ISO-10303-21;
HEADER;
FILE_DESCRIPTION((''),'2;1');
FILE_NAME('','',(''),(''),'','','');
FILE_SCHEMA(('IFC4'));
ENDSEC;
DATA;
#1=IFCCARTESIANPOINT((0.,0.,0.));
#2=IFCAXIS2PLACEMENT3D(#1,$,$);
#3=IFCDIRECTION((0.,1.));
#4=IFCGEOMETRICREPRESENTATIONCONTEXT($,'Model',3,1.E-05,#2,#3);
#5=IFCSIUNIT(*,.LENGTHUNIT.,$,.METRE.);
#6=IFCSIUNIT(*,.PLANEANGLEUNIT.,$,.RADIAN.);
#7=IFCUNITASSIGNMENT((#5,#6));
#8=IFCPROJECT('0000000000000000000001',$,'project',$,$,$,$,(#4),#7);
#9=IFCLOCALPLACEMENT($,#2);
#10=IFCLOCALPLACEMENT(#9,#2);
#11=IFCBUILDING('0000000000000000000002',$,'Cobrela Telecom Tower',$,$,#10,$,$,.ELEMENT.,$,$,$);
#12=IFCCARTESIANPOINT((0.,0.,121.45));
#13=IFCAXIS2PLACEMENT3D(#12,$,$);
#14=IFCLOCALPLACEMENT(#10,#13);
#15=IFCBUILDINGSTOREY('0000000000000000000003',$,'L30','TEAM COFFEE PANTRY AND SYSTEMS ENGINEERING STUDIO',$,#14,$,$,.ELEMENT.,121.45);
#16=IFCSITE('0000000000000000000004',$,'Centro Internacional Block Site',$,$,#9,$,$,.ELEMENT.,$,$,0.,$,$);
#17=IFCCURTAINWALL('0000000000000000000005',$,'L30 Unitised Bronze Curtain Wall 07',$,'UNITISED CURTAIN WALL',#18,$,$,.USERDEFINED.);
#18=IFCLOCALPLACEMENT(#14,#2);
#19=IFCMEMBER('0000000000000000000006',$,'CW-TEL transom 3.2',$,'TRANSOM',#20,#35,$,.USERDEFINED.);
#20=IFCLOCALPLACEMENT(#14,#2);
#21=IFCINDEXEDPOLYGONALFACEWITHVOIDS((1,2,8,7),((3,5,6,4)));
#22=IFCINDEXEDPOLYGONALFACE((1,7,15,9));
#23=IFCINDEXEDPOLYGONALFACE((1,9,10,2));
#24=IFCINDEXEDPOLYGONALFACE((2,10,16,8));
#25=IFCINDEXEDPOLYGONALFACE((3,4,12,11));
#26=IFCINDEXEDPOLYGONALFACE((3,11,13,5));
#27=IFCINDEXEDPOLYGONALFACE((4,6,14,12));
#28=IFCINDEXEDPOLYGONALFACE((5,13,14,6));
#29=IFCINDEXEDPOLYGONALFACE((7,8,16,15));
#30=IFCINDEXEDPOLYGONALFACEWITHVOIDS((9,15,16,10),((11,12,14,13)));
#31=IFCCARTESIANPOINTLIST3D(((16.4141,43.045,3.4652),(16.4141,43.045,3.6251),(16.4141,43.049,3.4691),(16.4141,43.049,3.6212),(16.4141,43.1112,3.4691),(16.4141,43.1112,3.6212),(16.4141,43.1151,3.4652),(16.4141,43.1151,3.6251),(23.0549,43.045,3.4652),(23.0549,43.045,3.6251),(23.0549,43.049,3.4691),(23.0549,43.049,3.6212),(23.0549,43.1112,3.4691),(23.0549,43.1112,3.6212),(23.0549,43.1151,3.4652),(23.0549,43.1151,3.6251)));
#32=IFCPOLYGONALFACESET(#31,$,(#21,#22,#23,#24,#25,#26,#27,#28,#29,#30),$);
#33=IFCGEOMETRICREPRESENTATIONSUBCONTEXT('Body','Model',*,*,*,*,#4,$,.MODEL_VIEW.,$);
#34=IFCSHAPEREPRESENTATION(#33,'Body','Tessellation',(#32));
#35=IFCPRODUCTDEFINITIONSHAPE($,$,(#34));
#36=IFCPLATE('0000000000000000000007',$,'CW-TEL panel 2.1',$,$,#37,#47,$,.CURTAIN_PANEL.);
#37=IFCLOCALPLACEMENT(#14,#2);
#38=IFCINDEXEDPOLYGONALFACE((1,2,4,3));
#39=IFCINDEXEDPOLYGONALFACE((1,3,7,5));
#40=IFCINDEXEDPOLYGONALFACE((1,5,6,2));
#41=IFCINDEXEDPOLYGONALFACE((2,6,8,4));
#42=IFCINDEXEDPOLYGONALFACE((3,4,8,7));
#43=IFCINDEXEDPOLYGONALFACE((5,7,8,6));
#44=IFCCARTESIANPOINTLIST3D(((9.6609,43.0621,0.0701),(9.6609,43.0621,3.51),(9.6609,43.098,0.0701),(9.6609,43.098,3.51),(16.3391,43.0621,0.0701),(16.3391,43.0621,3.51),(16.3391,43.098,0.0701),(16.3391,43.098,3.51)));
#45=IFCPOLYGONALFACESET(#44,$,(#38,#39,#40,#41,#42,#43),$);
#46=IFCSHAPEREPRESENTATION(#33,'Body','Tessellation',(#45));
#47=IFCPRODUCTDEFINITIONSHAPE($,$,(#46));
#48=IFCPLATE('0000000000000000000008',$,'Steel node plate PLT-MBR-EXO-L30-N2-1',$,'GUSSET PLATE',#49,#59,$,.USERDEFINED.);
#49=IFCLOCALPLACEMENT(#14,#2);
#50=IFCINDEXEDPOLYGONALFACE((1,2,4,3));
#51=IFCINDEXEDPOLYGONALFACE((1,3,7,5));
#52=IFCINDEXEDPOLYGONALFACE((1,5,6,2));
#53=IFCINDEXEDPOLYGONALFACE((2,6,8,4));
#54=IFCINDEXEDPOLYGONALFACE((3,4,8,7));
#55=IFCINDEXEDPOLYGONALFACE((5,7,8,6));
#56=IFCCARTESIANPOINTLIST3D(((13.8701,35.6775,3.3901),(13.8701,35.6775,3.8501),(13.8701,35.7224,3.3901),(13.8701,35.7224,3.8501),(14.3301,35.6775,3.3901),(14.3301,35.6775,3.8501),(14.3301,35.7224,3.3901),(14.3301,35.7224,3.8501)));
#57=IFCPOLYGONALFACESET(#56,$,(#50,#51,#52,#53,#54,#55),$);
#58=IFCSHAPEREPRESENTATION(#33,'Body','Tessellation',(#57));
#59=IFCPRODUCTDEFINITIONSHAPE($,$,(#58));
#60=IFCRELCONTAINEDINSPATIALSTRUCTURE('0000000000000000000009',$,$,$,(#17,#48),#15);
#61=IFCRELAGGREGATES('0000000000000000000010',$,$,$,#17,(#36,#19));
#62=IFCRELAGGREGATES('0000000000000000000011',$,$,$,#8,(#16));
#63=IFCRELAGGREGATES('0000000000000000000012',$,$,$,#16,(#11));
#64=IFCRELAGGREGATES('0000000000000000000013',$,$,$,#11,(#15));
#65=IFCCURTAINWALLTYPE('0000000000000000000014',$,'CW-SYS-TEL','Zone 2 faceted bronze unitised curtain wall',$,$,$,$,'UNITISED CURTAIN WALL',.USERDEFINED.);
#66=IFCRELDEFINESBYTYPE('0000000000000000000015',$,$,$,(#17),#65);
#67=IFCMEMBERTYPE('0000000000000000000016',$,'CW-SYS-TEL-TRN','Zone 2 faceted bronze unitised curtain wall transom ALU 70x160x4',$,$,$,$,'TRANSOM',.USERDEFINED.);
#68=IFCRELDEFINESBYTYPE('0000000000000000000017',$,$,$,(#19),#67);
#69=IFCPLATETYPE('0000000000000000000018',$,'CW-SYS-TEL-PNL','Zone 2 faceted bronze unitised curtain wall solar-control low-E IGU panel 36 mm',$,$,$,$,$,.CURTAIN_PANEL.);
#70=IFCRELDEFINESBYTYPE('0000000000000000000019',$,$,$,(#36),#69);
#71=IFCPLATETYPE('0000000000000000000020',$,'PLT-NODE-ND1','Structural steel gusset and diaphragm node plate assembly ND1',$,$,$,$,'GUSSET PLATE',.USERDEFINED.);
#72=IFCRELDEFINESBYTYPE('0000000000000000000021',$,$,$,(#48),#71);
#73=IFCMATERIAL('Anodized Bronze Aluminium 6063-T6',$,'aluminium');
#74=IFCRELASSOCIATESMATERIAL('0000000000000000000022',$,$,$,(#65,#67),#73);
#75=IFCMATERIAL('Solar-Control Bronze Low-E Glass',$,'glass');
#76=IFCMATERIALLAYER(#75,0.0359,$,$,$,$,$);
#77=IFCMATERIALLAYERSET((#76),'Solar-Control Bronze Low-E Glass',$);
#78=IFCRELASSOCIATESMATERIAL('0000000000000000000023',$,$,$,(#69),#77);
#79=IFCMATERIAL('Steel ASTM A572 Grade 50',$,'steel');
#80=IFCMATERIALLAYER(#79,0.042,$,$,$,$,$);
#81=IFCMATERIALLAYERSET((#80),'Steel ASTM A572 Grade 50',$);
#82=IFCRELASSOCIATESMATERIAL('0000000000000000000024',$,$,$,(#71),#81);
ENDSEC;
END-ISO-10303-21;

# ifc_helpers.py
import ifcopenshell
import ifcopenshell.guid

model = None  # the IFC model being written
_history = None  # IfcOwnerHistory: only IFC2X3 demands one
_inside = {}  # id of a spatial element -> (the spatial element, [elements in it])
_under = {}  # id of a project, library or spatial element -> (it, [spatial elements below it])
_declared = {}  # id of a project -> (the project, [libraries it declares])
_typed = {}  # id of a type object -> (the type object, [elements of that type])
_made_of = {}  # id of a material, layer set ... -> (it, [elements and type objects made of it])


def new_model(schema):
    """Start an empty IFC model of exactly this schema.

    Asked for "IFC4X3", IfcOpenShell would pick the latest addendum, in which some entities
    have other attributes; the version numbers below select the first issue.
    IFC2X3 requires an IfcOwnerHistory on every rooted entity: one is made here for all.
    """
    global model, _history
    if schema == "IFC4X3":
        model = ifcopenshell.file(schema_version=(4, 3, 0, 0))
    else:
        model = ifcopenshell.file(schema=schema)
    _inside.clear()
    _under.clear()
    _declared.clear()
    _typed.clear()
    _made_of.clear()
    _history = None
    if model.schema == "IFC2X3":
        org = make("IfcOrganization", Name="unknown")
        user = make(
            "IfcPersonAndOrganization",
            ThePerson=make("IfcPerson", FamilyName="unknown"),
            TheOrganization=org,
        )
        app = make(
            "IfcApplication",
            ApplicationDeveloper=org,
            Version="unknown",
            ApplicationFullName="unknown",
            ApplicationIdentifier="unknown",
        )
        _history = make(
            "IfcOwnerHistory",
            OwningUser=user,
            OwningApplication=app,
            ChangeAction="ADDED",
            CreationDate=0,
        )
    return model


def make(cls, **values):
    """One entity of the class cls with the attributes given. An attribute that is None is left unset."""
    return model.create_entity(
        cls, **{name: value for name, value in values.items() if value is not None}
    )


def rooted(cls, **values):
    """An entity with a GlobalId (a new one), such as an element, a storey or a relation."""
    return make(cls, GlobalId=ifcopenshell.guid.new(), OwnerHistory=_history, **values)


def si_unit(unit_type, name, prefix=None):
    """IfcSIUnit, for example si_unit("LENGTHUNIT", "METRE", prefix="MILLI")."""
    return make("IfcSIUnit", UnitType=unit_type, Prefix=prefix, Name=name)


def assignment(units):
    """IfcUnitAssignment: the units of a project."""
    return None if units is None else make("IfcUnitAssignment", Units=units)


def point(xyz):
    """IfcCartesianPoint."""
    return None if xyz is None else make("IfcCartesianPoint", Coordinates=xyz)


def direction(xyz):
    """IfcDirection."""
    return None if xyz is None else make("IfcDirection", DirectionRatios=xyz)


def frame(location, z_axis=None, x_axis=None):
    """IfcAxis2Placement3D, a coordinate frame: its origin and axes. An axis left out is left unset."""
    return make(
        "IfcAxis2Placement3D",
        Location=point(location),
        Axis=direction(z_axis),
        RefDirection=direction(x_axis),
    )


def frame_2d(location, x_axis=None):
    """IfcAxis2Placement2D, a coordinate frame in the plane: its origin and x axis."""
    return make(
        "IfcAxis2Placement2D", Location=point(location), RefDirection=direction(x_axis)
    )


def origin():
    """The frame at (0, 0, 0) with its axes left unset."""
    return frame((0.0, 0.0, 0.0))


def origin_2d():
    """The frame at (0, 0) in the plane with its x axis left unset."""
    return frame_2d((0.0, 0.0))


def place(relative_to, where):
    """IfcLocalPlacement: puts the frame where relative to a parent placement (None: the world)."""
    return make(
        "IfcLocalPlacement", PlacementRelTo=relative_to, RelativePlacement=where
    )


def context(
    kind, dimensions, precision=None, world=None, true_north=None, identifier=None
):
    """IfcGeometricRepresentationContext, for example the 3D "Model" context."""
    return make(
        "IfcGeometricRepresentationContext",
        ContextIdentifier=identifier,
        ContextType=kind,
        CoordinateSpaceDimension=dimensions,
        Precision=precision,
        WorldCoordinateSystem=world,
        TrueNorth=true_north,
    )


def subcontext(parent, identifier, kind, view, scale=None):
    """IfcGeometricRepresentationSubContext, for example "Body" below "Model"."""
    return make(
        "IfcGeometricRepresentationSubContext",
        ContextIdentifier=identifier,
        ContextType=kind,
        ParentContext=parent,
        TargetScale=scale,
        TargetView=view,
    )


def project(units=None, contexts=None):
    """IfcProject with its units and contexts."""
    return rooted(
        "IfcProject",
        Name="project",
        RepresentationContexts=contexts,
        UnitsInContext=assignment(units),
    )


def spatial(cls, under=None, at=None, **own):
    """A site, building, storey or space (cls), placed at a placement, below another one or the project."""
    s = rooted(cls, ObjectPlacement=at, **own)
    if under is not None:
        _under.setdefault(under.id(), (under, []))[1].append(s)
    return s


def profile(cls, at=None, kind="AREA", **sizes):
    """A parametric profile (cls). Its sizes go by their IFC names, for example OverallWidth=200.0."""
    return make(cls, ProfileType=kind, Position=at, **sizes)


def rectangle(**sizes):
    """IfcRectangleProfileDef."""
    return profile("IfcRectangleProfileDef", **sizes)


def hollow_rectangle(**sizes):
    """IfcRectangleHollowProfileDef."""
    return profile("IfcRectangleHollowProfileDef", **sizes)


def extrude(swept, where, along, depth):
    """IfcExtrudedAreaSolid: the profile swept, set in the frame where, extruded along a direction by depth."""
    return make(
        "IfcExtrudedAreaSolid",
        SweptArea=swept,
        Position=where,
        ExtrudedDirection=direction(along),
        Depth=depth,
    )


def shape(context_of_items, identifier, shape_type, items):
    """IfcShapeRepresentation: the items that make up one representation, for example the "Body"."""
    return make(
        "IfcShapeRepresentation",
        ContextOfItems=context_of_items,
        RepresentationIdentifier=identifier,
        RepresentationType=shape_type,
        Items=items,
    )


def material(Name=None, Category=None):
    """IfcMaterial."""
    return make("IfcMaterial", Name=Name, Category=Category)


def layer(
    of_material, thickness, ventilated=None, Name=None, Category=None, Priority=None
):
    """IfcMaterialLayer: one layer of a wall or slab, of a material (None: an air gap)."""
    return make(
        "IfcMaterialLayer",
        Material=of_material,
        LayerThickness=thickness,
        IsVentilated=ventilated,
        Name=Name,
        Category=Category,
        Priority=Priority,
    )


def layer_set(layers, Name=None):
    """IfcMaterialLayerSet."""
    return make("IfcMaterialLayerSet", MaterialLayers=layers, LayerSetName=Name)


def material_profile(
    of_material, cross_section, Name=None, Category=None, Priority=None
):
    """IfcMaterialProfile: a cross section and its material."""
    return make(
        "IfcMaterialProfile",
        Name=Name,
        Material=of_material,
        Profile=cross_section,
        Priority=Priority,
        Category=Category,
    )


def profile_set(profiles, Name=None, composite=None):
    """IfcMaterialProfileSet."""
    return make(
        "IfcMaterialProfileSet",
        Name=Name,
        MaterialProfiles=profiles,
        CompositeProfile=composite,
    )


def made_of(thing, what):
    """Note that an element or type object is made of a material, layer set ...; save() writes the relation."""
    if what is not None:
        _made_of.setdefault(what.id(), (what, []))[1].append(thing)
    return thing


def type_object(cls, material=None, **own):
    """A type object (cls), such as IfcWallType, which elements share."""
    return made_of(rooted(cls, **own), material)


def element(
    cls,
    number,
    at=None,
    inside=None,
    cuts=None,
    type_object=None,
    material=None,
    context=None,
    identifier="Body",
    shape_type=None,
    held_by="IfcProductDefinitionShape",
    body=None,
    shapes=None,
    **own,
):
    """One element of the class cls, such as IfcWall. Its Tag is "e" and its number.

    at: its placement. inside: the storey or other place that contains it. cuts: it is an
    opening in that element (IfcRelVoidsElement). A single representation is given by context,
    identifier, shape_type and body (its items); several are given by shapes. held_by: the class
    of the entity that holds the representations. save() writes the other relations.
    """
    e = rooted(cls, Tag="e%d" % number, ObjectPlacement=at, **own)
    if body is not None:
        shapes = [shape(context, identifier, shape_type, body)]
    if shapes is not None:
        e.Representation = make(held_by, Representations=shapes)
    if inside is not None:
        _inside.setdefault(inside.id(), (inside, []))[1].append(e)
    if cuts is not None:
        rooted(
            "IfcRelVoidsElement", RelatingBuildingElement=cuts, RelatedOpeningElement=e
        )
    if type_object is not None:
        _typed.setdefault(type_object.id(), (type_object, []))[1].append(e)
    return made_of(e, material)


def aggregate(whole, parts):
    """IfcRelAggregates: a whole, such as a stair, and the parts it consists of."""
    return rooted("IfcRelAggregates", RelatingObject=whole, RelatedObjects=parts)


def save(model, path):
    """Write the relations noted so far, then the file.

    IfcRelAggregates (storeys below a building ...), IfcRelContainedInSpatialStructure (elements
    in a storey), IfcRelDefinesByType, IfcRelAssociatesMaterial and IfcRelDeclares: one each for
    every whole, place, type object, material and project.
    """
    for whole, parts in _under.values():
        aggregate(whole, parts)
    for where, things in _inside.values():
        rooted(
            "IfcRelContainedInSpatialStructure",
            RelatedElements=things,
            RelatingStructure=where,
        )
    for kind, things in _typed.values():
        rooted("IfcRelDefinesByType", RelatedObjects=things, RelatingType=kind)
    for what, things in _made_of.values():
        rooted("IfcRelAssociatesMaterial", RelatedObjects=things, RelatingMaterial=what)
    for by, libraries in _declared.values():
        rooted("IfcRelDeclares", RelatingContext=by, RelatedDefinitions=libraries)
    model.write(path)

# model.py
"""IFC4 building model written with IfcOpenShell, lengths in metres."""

from ifc_helpers import new_model, si_unit, direction, frame, origin, origin_2d, place, context, subcontext, project, spatial, rectangle, hollow_rectangle, extrude, material, layer, layer_set, material_profile, profile_set, type_object, element, aggregate, save


model = new_model("IFC4")

# Units and contexts
model_context = context("Model", 3, precision=1e-05, world=origin(), true_north=direction((0.0, 1.0)))
body_context = subcontext(model_context, "Body", "Model", "MODEL_VIEW")
ifc_project = project(units=[si_unit("LENGTHUNIT", "METRE"), si_unit("PLANEANGLEUNIT", "RADIAN")], contexts=[model_context])

# Site, building, storey
site_placement = place(None, origin())
site = spatial("IfcSite", under=ifc_project, at=site_placement, Name="Centro Internacional Block Site", CompositionType="ELEMENT", RefElevation=0.0)
building_placement = place(site_placement, origin())
building = spatial("IfcBuilding", under=site, at=building_placement, Name="Cobrela Telecom Tower", CompositionType="ELEMENT")
storey_placement = place(building_placement, frame((0.0, 0.0, 121.45)))
storey = spatial("IfcBuildingStorey", under=building, at=storey_placement, Name="L30", Description="TEAM COFFEE PANTRY AND SYSTEMS ENGINEERING STUDIO", CompositionType="ELEMENT", Elevation=121.45)

# Shared definitions
ifc_material_1 = material(Name="Steel ASTM A572 Grade 50", Category="steel")

# Curtain wall, member, plate
ifc_material_2 = material(Name="Anodized Bronze Aluminium 6063-T6", Category="aluminium")
curtain_wall_type = type_object("IfcCurtainWallType", Name="CW-SYS-TEL", Description="Zone 2 faceted bronze unitised curtain wall", ElementType="UNITISED CURTAIN WALL", PredefinedType="USERDEFINED", material=ifc_material_2)
curtain_wall_placement = place(storey_placement, origin())
curtain_wall = element("IfcCurtainWall", 1, at=curtain_wall_placement, inside=storey, type_object=curtain_wall_type, Name="L30 Unitised Bronze Curtain Wall 07", ObjectType="UNITISED CURTAIN WALL", PredefinedType="USERDEFINED")
ifc_material_profile_1 = material_profile(ifc_material_2, hollow_rectangle(XDim=0.0701, YDim=0.1599, WallThickness=0.0039, at=origin_2d()), Name="ALU 70x160x4")
ifc_profile_set_1 = profile_set([ifc_material_profile_1], Name="Anodized Bronze Aluminium 6063-T6")
member_type_1 = type_object("IfcMemberType", Name="CW-SYS-TEL-TRN", Description="Zone 2 faceted bronze unitised curtain wall transom ALU 70x160x4", ElementType="TRANSOM", PredefinedType="USERDEFINED", material=ifc_profile_set_1)
member_1_placement = place(storey_placement, frame((16.4141, 43.0801, 3.5452), z_axis=(1.0, 0.0, 0.0), x_axis=(0.0, 1.0, 0.0)))
member_1 = element("IfcMember", 2, at=member_1_placement, type_object=member_type_1, Name="CW-TEL transom 3.2", ObjectType="TRANSOM", PredefinedType="USERDEFINED", context=body_context, shape_type="SweptSolid", body=[
    extrude(hollow_rectangle(XDim=0.0701, YDim=0.1599, WallThickness=0.0039, at=origin_2d()), origin(), (0.0, 0.0, 1.0), 6.6409),
])
ifc_material_3 = material(Name="Solar-Control Bronze Low-E Glass", Category="glass")
ifc_layer_1 = layer(ifc_material_3, 0.0359)
ifc_layer_set_1 = layer_set([ifc_layer_1], Name="Solar-Control Bronze Low-E Glass")
plate_type_1 = type_object("IfcPlateType", Name="CW-SYS-TEL-PNL", Description="Zone 2 faceted bronze unitised curtain wall solar-control low-E IGU panel 36 mm", PredefinedType="CURTAIN_PANEL", material=ifc_layer_set_1)
plate_1_placement = place(storey_placement, frame((13.0, 43.0801, 0.0701), z_axis=(0.0, 0.0, 1.0), x_axis=(1.0, 0.0, 0.0)))
plate_1 = element("IfcPlate", 3, at=plate_1_placement, type_object=plate_type_1, Name="CW-TEL panel 2.1", PredefinedType="CURTAIN_PANEL", context=body_context, shape_type="SweptSolid", body=[
    extrude(rectangle(XDim=6.6782, YDim=0.0359, at=origin_2d()), origin(), (0.0, 0.0, 1.0), 3.4399),
])
aggregate(curtain_wall, [plate_1, member_1])

# Plate
ifc_layer_2 = layer(ifc_material_1, 0.042)
ifc_layer_set_2 = layer_set([ifc_layer_2], Name="Steel ASTM A572 Grade 50")
plate_type_2 = type_object("IfcPlateType", Name="PLT-NODE-ND1", Description="Structural steel gusset and diaphragm node plate assembly ND1", ElementType="GUSSET PLATE", PredefinedType="USERDEFINED", material=ifc_layer_set_2)
plate_2_placement = place(storey_placement, frame((14.1001, 35.7, 3.3901), z_axis=(0.0, 0.0, 1.0), x_axis=(1.0, 0.0, 0.0)))
element("IfcPlate", 4, at=plate_2_placement, inside=storey, type_object=plate_type_2, Name="Steel node plate PLT-MBR-EXO-L30-N2-1", ObjectType="GUSSET PLATE", PredefinedType="USERDEFINED", context=body_context, shape_type="SweptSolid", body=[
    extrude(rectangle(XDim=0.46, YDim=0.0449, at=origin_2d()), origin(), (0.0, 0.0, 1.0), 0.46),
])

save(model, "model.ifc")
